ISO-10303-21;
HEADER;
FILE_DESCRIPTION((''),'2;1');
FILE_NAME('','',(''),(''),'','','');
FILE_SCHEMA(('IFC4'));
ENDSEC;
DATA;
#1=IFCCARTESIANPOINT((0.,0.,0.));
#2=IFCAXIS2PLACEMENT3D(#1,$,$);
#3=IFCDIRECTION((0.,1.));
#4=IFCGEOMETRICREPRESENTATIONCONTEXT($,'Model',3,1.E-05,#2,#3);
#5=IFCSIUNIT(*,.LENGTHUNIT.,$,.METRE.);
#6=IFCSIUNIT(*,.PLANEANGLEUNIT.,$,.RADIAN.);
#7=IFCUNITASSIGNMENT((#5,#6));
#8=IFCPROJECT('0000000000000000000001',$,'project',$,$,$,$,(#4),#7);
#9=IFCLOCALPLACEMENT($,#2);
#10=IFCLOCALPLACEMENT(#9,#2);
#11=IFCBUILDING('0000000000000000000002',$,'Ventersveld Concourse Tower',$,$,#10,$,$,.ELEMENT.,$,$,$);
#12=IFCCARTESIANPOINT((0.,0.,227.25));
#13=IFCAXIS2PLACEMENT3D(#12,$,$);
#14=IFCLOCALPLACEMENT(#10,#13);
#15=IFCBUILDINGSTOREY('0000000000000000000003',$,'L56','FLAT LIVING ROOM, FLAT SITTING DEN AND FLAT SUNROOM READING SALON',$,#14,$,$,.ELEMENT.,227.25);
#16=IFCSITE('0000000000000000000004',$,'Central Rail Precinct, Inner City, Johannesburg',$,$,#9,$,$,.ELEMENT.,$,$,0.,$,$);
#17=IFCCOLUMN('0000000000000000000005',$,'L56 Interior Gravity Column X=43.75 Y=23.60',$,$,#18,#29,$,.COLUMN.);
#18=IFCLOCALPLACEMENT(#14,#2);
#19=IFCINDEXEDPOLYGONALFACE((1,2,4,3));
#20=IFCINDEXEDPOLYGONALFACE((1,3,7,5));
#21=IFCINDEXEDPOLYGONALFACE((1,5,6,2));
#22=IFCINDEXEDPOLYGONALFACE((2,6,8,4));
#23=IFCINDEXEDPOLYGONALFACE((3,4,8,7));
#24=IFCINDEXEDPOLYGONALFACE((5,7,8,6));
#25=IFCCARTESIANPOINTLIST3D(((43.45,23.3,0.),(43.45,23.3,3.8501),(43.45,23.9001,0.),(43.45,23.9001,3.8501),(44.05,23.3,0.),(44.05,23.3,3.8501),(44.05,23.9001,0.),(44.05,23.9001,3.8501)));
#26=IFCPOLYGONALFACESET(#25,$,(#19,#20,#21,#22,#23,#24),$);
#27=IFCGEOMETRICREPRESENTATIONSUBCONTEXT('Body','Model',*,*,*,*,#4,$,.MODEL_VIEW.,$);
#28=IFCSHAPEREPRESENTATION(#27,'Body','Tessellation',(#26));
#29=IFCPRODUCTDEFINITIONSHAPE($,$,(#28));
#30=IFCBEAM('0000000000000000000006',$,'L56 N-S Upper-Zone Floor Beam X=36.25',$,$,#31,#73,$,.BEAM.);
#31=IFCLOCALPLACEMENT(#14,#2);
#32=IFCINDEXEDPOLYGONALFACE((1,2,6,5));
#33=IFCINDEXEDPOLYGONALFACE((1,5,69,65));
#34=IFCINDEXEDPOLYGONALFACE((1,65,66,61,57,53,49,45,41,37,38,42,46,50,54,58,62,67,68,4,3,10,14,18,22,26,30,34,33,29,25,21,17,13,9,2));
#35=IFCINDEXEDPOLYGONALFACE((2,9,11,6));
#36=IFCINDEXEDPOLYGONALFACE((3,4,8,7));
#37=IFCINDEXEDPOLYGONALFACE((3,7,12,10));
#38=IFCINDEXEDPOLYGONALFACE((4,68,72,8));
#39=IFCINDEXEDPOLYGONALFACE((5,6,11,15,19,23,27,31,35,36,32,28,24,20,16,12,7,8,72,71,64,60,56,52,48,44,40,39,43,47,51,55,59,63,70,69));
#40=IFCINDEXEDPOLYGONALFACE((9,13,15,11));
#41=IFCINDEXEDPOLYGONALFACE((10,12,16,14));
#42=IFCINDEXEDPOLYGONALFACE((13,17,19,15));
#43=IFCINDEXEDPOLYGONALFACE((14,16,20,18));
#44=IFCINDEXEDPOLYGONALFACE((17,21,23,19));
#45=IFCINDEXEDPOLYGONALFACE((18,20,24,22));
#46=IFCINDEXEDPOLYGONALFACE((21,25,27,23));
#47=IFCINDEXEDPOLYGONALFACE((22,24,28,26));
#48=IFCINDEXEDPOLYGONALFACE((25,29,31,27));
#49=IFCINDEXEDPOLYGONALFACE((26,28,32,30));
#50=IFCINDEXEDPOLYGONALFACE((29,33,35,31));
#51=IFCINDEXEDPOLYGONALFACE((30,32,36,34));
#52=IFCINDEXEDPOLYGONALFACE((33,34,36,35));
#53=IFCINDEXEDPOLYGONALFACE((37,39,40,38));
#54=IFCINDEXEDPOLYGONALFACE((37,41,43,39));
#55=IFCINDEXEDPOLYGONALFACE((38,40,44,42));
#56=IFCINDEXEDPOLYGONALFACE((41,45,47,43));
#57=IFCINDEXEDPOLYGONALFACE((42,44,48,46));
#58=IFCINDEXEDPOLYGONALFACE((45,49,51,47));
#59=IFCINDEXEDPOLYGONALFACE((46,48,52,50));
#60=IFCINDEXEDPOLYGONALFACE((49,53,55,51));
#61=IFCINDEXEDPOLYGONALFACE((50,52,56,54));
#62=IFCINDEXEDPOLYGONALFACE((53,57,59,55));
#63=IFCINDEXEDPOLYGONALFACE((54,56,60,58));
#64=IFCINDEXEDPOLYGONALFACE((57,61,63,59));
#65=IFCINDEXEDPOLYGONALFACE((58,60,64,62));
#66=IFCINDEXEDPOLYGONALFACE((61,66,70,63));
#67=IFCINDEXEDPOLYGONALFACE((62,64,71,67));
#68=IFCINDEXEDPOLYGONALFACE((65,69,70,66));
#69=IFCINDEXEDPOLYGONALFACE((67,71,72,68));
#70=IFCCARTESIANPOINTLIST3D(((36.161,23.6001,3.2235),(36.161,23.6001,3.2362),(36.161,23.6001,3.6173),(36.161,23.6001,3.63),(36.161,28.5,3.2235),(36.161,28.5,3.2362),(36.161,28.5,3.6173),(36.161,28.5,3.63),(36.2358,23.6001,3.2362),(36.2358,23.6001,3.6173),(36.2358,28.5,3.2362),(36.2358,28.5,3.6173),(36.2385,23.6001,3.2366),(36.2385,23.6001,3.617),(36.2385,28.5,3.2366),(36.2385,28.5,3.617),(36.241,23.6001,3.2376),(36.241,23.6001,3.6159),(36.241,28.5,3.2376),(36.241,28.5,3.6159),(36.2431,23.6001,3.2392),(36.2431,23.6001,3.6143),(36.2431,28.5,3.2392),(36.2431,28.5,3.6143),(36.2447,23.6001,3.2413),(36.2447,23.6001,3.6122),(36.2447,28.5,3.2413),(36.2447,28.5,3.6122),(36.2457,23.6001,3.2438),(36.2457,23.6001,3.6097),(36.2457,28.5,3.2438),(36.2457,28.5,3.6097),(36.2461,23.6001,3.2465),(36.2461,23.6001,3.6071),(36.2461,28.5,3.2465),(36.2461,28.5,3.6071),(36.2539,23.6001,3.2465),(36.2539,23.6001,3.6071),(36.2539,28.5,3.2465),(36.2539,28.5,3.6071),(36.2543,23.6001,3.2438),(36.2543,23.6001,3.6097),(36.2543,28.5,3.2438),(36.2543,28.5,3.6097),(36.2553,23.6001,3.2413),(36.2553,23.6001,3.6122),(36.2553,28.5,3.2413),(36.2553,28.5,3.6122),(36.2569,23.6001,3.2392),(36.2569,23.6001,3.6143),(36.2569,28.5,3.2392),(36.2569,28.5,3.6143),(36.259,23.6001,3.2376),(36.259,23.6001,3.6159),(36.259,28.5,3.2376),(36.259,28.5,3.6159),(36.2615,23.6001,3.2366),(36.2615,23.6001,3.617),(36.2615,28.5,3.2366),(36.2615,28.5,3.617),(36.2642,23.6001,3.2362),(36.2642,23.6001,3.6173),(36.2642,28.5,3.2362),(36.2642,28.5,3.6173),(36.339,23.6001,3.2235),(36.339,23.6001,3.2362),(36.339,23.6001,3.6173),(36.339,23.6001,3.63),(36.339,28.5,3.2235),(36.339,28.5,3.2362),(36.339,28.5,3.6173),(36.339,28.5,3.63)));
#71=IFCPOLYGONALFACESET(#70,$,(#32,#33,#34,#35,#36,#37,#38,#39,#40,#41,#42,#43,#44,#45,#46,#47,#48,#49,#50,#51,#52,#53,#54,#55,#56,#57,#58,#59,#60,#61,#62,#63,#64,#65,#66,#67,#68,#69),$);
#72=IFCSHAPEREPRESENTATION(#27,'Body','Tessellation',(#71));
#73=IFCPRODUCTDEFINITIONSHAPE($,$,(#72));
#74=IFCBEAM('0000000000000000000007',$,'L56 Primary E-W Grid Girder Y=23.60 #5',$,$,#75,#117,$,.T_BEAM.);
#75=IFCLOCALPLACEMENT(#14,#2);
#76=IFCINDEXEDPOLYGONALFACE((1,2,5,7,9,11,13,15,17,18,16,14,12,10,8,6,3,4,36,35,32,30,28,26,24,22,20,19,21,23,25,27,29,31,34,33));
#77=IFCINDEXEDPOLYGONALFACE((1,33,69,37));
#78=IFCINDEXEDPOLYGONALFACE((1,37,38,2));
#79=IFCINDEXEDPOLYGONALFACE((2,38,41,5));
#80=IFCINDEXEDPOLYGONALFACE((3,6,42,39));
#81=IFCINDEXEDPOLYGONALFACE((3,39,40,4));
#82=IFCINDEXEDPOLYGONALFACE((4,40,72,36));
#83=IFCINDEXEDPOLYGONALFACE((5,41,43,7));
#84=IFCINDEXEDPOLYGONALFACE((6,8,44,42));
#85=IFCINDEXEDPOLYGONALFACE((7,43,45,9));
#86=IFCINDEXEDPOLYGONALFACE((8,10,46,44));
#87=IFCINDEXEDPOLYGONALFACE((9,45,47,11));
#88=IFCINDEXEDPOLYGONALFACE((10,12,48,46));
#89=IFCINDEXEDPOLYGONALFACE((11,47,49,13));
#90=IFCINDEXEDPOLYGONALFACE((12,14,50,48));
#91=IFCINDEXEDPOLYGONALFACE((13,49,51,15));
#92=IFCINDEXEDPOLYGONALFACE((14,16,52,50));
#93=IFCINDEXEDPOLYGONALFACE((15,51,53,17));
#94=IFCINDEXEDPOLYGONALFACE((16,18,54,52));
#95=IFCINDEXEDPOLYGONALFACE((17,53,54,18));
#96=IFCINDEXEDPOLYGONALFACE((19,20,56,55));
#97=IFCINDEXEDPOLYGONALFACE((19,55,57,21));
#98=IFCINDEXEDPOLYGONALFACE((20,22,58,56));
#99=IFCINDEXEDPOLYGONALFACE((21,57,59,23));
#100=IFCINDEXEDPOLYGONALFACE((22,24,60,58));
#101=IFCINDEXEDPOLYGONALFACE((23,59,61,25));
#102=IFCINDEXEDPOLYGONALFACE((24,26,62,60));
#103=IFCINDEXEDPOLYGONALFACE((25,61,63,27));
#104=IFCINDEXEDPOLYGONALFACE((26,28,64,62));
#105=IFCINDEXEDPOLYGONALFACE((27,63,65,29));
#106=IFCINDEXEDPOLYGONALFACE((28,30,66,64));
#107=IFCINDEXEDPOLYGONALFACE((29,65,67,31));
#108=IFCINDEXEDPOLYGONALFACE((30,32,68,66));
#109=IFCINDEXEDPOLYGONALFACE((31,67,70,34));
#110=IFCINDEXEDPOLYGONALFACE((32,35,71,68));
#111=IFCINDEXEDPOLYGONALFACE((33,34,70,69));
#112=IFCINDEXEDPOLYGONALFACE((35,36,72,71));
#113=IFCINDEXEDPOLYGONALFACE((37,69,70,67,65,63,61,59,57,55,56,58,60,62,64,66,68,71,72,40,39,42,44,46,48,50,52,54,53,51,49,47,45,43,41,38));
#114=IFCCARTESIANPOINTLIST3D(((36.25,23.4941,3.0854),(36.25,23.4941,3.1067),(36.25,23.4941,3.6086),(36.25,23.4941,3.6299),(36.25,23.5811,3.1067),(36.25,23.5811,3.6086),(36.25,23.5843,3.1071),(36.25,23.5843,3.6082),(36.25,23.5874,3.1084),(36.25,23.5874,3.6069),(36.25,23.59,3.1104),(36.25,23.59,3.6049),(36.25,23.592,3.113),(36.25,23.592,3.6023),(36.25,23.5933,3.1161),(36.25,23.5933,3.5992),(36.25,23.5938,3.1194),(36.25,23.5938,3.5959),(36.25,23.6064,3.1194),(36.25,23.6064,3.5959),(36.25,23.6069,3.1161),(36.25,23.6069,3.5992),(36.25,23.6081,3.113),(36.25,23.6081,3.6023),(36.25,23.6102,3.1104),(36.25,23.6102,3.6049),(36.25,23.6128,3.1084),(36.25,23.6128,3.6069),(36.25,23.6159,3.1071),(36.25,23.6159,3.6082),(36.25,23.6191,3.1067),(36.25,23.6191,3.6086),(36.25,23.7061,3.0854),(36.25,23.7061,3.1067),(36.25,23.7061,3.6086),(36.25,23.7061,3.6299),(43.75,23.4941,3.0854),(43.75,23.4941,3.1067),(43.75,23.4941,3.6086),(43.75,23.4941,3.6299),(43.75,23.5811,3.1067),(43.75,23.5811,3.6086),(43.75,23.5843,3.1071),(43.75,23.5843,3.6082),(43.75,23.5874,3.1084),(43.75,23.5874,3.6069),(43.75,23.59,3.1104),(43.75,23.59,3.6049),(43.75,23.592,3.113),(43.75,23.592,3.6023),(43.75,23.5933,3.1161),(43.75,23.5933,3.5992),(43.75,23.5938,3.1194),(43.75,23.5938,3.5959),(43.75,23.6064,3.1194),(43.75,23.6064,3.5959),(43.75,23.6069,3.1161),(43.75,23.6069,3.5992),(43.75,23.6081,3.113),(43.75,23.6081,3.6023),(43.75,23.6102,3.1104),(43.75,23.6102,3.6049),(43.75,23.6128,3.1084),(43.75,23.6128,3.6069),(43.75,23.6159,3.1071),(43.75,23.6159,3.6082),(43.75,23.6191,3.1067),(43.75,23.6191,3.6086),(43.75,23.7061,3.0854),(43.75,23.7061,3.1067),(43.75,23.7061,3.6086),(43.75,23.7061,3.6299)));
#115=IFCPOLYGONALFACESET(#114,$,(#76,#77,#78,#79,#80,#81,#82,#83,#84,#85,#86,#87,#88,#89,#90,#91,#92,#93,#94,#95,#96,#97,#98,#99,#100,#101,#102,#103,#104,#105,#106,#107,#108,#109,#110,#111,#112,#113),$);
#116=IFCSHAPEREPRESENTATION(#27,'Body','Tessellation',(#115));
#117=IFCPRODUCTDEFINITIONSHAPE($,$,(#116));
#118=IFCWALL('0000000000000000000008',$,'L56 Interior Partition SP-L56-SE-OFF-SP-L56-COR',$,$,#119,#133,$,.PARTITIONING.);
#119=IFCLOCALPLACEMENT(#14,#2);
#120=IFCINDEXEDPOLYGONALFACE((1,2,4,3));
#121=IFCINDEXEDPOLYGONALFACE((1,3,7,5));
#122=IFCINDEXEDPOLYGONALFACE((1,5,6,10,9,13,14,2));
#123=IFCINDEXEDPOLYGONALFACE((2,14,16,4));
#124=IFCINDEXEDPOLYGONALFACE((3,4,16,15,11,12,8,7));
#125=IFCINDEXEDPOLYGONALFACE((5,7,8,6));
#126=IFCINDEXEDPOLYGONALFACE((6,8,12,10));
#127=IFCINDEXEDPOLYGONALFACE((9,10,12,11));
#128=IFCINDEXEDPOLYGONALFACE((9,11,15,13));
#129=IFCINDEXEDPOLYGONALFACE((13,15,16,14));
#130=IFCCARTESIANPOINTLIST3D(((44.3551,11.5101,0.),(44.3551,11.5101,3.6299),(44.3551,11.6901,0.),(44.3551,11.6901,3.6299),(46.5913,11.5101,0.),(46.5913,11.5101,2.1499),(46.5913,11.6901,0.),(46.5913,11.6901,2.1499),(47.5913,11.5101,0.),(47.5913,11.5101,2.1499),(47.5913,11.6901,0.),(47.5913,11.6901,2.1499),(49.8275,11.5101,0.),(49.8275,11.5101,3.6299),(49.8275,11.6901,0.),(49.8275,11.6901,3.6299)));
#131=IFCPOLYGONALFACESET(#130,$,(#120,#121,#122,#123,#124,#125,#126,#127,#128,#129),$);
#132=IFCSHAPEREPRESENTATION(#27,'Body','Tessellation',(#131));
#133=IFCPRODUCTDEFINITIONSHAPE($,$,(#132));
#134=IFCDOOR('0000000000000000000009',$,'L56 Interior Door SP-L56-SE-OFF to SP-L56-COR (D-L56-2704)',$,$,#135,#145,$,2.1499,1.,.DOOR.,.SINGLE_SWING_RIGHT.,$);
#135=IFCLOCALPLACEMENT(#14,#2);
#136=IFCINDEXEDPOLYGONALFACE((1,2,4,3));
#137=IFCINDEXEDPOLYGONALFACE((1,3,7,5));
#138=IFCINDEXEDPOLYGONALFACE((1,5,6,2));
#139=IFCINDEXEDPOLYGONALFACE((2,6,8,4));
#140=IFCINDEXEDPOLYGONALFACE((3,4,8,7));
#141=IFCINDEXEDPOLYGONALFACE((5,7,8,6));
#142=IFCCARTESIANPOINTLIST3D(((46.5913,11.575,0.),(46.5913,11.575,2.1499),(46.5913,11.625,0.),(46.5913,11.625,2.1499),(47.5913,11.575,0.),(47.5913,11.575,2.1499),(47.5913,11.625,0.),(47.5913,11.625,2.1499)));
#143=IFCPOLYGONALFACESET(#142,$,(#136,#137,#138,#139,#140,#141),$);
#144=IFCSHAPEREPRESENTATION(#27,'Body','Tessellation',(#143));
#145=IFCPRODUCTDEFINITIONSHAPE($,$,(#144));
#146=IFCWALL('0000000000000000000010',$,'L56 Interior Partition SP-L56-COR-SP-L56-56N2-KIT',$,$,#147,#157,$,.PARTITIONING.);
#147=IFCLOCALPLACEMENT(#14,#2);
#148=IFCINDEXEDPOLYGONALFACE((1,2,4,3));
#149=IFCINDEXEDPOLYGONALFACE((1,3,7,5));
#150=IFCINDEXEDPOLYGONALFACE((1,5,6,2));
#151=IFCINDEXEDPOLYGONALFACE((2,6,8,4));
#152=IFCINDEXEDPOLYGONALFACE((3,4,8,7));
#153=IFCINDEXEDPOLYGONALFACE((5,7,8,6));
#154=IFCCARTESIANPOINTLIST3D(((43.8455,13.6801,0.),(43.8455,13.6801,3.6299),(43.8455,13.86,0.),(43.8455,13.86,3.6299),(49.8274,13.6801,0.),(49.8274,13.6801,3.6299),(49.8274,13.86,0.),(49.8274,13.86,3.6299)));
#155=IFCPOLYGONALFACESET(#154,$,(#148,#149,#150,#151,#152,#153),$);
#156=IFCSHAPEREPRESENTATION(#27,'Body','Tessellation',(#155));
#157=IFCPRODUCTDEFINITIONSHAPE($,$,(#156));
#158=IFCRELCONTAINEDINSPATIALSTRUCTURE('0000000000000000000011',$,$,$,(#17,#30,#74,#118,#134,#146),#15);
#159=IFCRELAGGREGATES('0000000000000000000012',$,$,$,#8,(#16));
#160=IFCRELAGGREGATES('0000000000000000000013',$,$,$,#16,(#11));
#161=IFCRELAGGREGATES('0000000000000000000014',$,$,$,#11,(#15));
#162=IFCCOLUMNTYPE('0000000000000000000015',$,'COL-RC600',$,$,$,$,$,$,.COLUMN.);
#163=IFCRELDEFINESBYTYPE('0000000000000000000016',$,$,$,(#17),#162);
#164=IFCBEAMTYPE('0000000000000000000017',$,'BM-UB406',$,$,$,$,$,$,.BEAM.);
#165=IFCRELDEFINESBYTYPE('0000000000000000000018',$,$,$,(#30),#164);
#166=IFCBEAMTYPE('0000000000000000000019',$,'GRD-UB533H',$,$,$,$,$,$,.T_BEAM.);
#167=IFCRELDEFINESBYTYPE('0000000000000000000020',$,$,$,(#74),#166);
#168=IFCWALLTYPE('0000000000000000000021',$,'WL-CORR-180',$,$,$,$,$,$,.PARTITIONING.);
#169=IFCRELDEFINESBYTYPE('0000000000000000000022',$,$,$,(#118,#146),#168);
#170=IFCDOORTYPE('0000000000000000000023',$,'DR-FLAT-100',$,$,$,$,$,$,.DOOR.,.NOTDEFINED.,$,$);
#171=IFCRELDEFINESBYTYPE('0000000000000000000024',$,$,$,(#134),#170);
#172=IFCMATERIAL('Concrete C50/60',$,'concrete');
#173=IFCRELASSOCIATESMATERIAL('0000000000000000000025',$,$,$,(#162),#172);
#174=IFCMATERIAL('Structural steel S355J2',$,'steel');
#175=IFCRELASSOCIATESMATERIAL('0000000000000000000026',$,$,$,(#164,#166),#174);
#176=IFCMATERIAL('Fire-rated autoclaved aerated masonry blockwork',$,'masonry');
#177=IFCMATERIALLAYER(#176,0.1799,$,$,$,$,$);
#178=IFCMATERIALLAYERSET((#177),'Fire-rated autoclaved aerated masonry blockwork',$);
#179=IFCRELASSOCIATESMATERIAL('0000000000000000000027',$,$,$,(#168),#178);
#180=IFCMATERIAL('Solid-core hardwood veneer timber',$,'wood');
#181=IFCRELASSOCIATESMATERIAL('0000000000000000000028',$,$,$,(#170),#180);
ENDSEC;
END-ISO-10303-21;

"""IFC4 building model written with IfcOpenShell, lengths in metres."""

from ifc_helpers import new_model, si_unit, direction, frame, frame_2d, origin, origin_2d, place, context, subcontext, project, spatial, rectangle, i_section, extrude, material, layer, layer_set, material_profile, profile_set, type_object, element, fill, save


model = new_model("IFC4")

# Units and contexts
model_context = context("Model", 3, precision=1e-05, world=origin(), true_north=direction((0.0, 1.0)))
body_context = subcontext(model_context, "Body", "Model", "MODEL_VIEW")
ifc_project = project(units=[si_unit("LENGTHUNIT", "METRE"), si_unit("PLANEANGLEUNIT", "RADIAN")], contexts=[model_context])

# Site, building, storey
site_placement = place(None, origin())
site = spatial("IfcSite", under=ifc_project, at=site_placement, Name="Central Rail Precinct, Inner City, Johannesburg", CompositionType="ELEMENT", RefElevation=0.0)
building_placement = place(site_placement, origin())
building = spatial("IfcBuilding", under=site, at=building_placement, Name="Ventersveld Concourse Tower", CompositionType="ELEMENT")
storey_placement = place(building_placement, frame((0.0, 0.0, 227.25)))
storey = spatial("IfcBuildingStorey", under=building, at=storey_placement, Name="L56", Description="FLAT LIVING ROOM, FLAT SITTING DEN AND FLAT SUNROOM READING SALON", CompositionType="ELEMENT", Elevation=227.25)

# Column
ifc_material_1 = material(Name="Concrete C50/60", Category="concrete")
ifc_material_profile_1 = material_profile(ifc_material_1, rectangle(XDim=0.6001, YDim=0.6001, at=origin_2d()), Name="RC 600x600")
ifc_profile_set_1 = profile_set([ifc_material_profile_1], Name="Concrete C50/60")
column_type = type_object("IfcColumnType", Name="COL-RC600", PredefinedType="COLUMN", material=ifc_profile_set_1)
column_placement = place(storey_placement, frame((43.75, 23.6001, 0.0), z_axis=(0.0, 0.0, 1.0), x_axis=(1.0, 0.0, 0.0)))
element("IfcColumn", 1, at=column_placement, inside=storey, type_object=column_type, Name="L56 Interior Gravity Column X=43.75 Y=23.60", PredefinedType="COLUMN", context=body_context, shape_type="SweptSolid", body=[
    extrude(rectangle(XDim=0.6001, YDim=0.6001, at=origin_2d()), origin(), (0.0, 0.0, 1.0), 3.8501),
])

# Beams
ifc_material_2 = material(Name="Structural steel S355J2", Category="steel")
ifc_material_profile_2 = material_profile(ifc_material_2, i_section(OverallWidth=0.178, OverallDepth=0.4065, WebThickness=0.0078, FlangeThickness=0.0127, FilletRadius=0.0103, at=origin_2d()), Name="UB 406x178x60")
ifc_profile_set_2 = profile_set([ifc_material_profile_2], Name="Structural steel S355J2")
beam_type_1 = type_object("IfcBeamType", Name="BM-UB406", PredefinedType="BEAM", material=ifc_profile_set_2)
beam_1_placement = place(storey_placement, frame((36.25, 23.6001, 3.4268), z_axis=(0.0, 1.0, 0.0), x_axis=(-1.0, 0.0, 0.0)))
element("IfcBeam", 2, at=beam_1_placement, inside=storey, type_object=beam_type_1, Name="L56 N-S Upper-Zone Floor Beam X=36.25", PredefinedType="BEAM", context=body_context, shape_type="SweptSolid", body=[
    extrude(i_section(OverallWidth=0.178, OverallDepth=0.4065, WebThickness=0.0078, FlangeThickness=0.0127, FilletRadius=0.0103, at=origin_2d()), origin(), (0.0, 0.0, 1.0), 4.8999),
])
ifc_material_profile_3 = material_profile(ifc_material_2, i_section(OverallWidth=0.2119, OverallDepth=0.5444, WebThickness=0.0127, FlangeThickness=0.0212, FilletRadius=0.0127, at=origin_2d()), Name="UB 533x210x122")
ifc_profile_set_3 = profile_set([ifc_material_profile_3], Name="Structural steel S355J2")
beam_type_2 = type_object("IfcBeamType", Name="GRD-UB533H", PredefinedType="T_BEAM", material=ifc_profile_set_3)
beam_2_placement = place(storey_placement, frame((36.25, 23.6001, 3.3577), z_axis=(1.0, 0.0, 0.0), x_axis=(0.0, 1.0, 0.0)))
element("IfcBeam", 3, at=beam_2_placement, inside=storey, type_object=beam_type_2, Name="L56 Primary E-W Grid Girder Y=23.60 #5", PredefinedType="T_BEAM", context=body_context, shape_type="SweptSolid", body=[
    extrude(i_section(OverallWidth=0.2119, OverallDepth=0.5444, WebThickness=0.0127, FlangeThickness=0.0212, FilletRadius=0.0127, at=origin_2d()), origin(), (0.0, 0.0, 1.0), 7.5),
])

# Wall, opening, door
ifc_material_3 = material(Name="Fire-rated autoclaved aerated masonry blockwork", Category="masonry")
ifc_layer_1 = layer(ifc_material_3, 0.1799)
ifc_layer_set_1 = layer_set([ifc_layer_1], Name="Fire-rated autoclaved aerated masonry blockwork")
wall_type_1 = type_object("IfcWallType", Name="WL-CORR-180", PredefinedType="PARTITIONING", material=ifc_layer_set_1)
wall_1_placement = place(storey_placement, frame((44.355, 11.6001, 0.0), z_axis=(0.0, 0.0, 1.0), x_axis=(1.0, 0.0, 0.0)))
wall_1 = element("IfcWall", 4, at=wall_1_placement, inside=storey, type_object=wall_type_1, Name="L56 Interior Partition SP-L56-SE-OFF-SP-L56-COR", PredefinedType="PARTITIONING", context=body_context, shape_type="SweptSolid", body=[
    extrude(rectangle(XDim=5.4724, YDim=0.1799, at=frame_2d((2.7363, 0.0))), origin(), (0.0, 0.0, 1.0), 3.6299),
])
opening_1_placement = place(wall_1_placement, frame((2.2363, 0.0, 0.0)))
opening_1 = element("IfcOpeningElement", 5, at=opening_1_placement, cuts=wall_1, PredefinedType="OPENING", context=body_context, shape_type="SweptSolid", body=[
    extrude(rectangle(XDim=1.0, YDim=2.1499, at=frame_2d((0.5, 1.075))), frame((0.0, 0.1001, 0.0), z_axis=(0.0, -1.0, 0.0), x_axis=(1.0, 0.0, 0.0)), (0.0, 0.0, 1.0), 0.2),
])
ifc_material_4 = material(Name="Solid-core hardwood veneer timber", Category="wood")
door_type_1 = type_object("IfcDoorType", Name="DR-FLAT-100", OperationType="NOTDEFINED", PredefinedType="DOOR", material=ifc_material_4)
door_1_placement = place(opening_1_placement, origin())
door_1 = element("IfcDoor", 6, at=door_1_placement, inside=storey, type_object=door_type_1, Name="L56 Interior Door SP-L56-SE-OFF to SP-L56-COR (D-L56-2704)", OperationType="SINGLE_SWING_RIGHT", OverallHeight=2.1499, OverallWidth=1.0, PredefinedType="DOOR", context=body_context, shape_type="SweptSolid", body=[
    extrude(rectangle(XDim=1.0, YDim=2.1499, at=frame_2d((0.5, 1.075))), frame((0.0, 0.0249, 0.0), z_axis=(0.0, -1.0, 0.0), x_axis=(1.0, 0.0, 0.0)), (0.0, 0.0, 1.0), 0.05),
])
fill(opening_1, door_1)

# Wall
wall_2_placement = place(storey_placement, frame((43.8455, 13.77, 0.0), z_axis=(0.0, 0.0, 1.0), x_axis=(1.0, 0.0, 0.0)))
element("IfcWall", 7, at=wall_2_placement, inside=storey, type_object=wall_type_1, Name="L56 Interior Partition SP-L56-COR-SP-L56-56N2-KIT", PredefinedType="PARTITIONING", context=body_context, shape_type="SweptSolid", body=[
    extrude(rectangle(XDim=5.9819, YDim=0.1799, at=frame_2d((2.991, 0.0))), origin(), (0.0, 0.0, 1.0), 3.6299),
])

save(model, "model.ifc")
